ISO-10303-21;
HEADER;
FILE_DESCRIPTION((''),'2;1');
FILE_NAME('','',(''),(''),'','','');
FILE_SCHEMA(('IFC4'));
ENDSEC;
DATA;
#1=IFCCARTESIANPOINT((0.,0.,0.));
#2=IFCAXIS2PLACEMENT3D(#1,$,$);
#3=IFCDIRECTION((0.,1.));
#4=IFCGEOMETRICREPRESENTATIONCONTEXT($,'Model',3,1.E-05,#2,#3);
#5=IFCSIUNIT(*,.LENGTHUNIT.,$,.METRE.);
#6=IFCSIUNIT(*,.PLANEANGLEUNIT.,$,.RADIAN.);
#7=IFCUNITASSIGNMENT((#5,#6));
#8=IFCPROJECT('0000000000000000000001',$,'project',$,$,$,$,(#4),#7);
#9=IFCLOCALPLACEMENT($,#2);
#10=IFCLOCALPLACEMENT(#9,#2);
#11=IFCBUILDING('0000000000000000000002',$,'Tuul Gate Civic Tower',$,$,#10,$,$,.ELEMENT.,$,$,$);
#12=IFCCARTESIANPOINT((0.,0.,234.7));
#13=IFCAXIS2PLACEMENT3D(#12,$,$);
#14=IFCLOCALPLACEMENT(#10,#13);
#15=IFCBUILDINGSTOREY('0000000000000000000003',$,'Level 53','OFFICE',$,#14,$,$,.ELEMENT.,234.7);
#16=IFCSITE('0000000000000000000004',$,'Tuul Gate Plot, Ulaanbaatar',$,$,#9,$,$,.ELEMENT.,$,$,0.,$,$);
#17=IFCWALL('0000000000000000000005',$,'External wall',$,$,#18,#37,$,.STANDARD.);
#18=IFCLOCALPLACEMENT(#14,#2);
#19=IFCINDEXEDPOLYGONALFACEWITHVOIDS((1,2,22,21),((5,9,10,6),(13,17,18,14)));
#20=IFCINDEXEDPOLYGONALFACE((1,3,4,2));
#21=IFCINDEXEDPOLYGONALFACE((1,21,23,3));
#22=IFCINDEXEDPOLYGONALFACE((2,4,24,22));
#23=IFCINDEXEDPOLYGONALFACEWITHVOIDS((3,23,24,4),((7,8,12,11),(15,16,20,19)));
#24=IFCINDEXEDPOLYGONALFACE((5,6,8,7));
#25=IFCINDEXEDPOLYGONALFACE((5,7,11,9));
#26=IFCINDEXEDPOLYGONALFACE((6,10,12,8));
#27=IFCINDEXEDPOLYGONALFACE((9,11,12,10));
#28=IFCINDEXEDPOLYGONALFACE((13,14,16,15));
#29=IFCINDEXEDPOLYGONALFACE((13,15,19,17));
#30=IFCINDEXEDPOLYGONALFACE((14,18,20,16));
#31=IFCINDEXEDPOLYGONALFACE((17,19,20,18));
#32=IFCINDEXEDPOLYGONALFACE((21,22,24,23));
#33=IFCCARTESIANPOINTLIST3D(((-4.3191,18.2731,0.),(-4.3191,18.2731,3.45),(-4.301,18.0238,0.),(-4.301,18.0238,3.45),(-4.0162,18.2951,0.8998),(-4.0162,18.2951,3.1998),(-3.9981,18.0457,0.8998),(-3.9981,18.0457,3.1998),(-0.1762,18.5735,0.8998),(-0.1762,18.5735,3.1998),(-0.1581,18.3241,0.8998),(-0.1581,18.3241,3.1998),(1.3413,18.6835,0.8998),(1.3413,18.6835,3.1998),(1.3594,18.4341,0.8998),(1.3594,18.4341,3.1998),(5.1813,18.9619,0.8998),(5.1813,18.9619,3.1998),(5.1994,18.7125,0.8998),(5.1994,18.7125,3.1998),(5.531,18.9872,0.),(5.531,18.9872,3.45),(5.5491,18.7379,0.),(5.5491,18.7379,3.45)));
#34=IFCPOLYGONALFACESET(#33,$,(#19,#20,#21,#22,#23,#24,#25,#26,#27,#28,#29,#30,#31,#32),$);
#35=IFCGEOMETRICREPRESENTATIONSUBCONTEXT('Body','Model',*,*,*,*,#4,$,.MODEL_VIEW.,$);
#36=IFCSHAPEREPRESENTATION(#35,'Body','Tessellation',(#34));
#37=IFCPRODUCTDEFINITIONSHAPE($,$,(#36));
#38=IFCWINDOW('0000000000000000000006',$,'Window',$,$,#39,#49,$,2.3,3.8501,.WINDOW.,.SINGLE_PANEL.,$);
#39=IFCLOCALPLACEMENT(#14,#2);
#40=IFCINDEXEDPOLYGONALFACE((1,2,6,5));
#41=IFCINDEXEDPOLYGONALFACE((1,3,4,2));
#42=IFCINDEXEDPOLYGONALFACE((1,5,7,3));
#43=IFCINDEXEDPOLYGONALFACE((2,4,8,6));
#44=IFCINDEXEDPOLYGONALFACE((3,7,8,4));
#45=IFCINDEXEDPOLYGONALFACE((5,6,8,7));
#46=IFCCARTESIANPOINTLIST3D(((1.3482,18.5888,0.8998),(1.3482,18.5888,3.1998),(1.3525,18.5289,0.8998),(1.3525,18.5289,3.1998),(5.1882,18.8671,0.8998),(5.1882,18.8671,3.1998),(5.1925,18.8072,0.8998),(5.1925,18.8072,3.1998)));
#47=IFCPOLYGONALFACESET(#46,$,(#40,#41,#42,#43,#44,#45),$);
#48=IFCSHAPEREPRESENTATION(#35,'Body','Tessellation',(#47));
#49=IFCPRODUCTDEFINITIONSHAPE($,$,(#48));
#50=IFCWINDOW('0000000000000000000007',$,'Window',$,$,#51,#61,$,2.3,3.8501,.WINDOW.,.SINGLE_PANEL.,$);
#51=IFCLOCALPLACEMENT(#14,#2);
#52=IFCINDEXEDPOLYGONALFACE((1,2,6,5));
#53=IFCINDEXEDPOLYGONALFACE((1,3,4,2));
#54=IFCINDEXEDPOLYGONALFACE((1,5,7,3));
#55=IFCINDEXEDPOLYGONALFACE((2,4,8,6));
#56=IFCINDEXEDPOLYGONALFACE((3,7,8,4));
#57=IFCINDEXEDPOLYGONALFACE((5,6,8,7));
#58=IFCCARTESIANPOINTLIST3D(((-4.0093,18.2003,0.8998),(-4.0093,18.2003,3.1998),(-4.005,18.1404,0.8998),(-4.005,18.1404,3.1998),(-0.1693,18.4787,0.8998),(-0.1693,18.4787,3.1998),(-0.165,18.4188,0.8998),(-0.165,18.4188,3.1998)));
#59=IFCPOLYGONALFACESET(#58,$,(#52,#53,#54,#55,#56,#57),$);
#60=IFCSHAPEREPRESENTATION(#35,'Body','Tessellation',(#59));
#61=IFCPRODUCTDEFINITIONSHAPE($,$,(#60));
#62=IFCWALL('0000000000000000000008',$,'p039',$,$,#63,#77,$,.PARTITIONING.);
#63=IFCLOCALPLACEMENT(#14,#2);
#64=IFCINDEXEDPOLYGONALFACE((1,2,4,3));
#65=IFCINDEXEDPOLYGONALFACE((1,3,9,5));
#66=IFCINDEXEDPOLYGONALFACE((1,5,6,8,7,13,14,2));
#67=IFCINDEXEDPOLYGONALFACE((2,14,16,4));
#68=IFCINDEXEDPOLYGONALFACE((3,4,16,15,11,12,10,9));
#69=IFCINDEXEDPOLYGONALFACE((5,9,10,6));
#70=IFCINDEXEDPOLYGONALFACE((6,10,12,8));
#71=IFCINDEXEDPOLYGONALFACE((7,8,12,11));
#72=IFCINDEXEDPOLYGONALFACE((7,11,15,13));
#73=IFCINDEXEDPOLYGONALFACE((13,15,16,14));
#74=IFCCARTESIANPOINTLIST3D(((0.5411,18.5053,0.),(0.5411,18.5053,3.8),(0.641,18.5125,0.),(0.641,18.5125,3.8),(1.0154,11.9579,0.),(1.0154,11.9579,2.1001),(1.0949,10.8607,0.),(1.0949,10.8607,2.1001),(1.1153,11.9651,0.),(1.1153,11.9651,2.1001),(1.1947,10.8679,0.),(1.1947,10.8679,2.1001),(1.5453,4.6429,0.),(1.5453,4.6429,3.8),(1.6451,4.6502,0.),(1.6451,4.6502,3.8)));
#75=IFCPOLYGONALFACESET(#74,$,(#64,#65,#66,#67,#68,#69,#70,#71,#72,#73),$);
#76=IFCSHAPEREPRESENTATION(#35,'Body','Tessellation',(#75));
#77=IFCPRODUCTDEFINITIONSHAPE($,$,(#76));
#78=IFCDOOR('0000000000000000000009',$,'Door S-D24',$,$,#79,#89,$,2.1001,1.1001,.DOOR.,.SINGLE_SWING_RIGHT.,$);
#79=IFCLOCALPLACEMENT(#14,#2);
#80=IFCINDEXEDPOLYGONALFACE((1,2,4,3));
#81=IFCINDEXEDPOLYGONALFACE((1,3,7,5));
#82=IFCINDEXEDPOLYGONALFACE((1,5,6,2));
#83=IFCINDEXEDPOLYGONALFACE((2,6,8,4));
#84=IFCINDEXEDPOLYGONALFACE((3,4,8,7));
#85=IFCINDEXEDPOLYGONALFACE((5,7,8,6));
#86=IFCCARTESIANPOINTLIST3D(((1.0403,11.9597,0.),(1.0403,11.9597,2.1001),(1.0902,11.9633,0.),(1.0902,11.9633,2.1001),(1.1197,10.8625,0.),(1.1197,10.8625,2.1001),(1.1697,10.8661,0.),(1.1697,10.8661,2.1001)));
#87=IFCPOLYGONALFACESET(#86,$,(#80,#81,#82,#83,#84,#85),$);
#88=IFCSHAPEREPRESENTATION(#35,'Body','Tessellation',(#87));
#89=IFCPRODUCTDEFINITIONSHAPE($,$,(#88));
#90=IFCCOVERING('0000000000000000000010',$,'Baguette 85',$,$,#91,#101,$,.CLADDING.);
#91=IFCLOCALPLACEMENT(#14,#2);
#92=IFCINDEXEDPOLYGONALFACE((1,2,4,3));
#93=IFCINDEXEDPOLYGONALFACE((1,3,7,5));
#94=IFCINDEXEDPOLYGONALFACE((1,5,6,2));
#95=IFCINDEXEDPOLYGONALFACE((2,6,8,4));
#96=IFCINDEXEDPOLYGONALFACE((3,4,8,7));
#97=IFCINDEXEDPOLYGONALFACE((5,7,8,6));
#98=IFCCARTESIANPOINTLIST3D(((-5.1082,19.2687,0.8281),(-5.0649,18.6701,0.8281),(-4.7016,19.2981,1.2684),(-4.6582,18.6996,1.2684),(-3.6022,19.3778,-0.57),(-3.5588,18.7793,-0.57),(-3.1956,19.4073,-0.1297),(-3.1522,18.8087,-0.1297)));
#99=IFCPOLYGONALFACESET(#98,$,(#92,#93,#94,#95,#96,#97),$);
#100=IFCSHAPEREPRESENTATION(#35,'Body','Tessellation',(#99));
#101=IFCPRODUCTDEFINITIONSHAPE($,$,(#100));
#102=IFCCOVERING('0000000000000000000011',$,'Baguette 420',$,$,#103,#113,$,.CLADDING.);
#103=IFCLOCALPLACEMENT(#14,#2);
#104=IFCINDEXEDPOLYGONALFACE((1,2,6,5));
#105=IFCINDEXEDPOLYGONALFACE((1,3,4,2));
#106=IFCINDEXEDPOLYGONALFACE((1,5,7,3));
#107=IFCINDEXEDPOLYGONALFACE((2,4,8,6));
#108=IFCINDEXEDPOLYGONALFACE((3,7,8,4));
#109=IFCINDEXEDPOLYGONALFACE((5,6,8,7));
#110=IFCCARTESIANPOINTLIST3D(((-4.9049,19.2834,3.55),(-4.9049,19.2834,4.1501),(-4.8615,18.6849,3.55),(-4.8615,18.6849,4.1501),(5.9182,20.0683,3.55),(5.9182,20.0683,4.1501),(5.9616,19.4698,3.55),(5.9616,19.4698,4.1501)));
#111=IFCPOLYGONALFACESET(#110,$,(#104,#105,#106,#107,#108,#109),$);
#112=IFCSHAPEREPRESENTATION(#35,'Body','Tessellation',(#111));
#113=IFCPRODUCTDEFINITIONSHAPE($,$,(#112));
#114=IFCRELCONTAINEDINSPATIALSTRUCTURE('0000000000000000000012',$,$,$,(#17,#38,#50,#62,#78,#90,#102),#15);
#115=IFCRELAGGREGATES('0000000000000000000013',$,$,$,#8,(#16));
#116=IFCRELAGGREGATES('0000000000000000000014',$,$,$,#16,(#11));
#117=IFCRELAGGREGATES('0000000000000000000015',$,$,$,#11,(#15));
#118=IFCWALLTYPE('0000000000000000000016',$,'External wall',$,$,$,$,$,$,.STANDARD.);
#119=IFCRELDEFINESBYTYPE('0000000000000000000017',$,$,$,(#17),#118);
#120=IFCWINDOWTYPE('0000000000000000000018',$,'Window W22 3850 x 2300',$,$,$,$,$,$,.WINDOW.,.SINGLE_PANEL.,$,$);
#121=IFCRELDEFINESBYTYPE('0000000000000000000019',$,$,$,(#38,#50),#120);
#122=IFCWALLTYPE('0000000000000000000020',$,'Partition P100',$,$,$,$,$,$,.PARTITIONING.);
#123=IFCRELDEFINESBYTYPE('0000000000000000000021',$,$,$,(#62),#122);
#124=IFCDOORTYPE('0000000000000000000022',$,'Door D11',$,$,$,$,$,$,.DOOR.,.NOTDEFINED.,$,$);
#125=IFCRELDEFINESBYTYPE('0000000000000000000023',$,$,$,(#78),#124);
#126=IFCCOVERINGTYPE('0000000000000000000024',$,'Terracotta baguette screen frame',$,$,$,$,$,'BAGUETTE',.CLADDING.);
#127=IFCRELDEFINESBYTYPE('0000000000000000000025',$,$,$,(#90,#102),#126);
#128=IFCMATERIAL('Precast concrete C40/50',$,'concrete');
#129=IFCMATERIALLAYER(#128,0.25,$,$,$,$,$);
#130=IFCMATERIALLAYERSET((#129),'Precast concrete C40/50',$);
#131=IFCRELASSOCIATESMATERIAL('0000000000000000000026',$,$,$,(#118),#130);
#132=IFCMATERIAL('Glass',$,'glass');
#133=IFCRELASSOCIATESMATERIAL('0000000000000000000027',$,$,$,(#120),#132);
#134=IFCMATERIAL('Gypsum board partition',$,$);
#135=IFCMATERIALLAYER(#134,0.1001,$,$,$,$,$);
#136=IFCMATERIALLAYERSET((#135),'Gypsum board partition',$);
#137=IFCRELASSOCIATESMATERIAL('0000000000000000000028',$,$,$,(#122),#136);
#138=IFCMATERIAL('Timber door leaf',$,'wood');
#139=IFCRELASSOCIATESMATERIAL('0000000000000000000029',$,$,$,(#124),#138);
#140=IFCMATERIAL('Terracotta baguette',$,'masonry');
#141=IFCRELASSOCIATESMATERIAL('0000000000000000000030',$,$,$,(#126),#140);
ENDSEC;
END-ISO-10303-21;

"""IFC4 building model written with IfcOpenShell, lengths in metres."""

from ifc_helpers import new_model, si_unit, direction, frame, frame_2d, origin, origin_2d, place, context, subcontext, project, spatial, rectangle, extrude, material, layer, layer_set, material_profile, profile_set, type_object, element, fill, save


model = new_model("IFC4")

# Units and contexts
model_context = context("Model", 3, precision=1e-05, world=origin(), true_north=direction((0.0, 1.0)))
body_context = subcontext(model_context, "Body", "Model", "MODEL_VIEW")
ifc_project = project(units=[si_unit("LENGTHUNIT", "METRE"), si_unit("PLANEANGLEUNIT", "RADIAN")], contexts=[model_context])

# Site, building, storey
site_placement = place(None, origin())
site = spatial("IfcSite", under=ifc_project, at=site_placement, Name="Tuul Gate Plot, Ulaanbaatar", CompositionType="ELEMENT", RefElevation=0.0)
building_placement = place(site_placement, origin())
building = spatial("IfcBuilding", under=site, at=building_placement, Name="Tuul Gate Civic Tower", CompositionType="ELEMENT")
storey_placement = place(building_placement, frame((0.0, 0.0, 234.7)))
storey = spatial("IfcBuildingStorey", under=building, at=storey_placement, Name="Level 53", Description="OFFICE", CompositionType="ELEMENT", Elevation=234.7)

# Wall, openings, windows
ifc_material_1 = material(Name="Precast concrete C40/50", Category="concrete")
ifc_layer_1 = layer(ifc_material_1, 0.25)
ifc_layer_set_1 = layer_set([ifc_layer_1], Name="Precast concrete C40/50")
wall_type_1 = type_object("IfcWallType", Name="External wall", PredefinedType="STANDARD", material=ifc_layer_set_1)
wall_1_placement = place(storey_placement, frame((5.54, 18.8625, 0.0), z_axis=(0.0, 0.0, 1.0), x_axis=(-0.997382, -0.072308, 0.0)))
wall_1 = element("IfcWall", 1, at=wall_1_placement, inside=storey, type_object=wall_type_1, Name="External wall", PredefinedType="STANDARD", context=body_context, shape_type="SweptSolid", body=[
    extrude(rectangle(XDim=9.876, YDim=0.25, at=frame_2d((4.938, 0.0))), origin(), (0.0, 0.0, 1.0), 3.45),
])
opening_1_placement = place(wall_1_placement, frame((0.3506, 0.0, 0.8999)))
opening_1 = element("IfcOpeningElement", 2, at=opening_1_placement, cuts=wall_1, PredefinedType="OPENING", context=body_context, shape_type="SweptSolid", body=[
    extrude(rectangle(XDim=3.8501, YDim=2.3, at=frame_2d((1.925, 1.1499))), frame((0.0, 0.135, 0.0), z_axis=(0.0, -1.0, 0.0), x_axis=(1.0, 0.0, 0.0)), (0.0, 0.0, 1.0), 0.27),
])
opening_2_placement = place(wall_1_placement, frame((5.7222, 0.0, 0.8999)))
opening_2 = element("IfcOpeningElement", 3, at=opening_2_placement, cuts=wall_1, PredefinedType="OPENING", context=body_context, shape_type="SweptSolid", body=[
    extrude(rectangle(XDim=3.8501, YDim=2.3, at=frame_2d((1.925, 1.1499))), frame((0.0, 0.135, 0.0), z_axis=(0.0, -1.0, 0.0), x_axis=(1.0, 0.0, 0.0)), (0.0, 0.0, 1.0), 0.27),
])
ifc_material_2 = material(Name="Glass", Category="glass")
window_type = type_object("IfcWindowType", Name="Window W22 3850 x 2300", PartitioningType="SINGLE_PANEL", PredefinedType="WINDOW", material=ifc_material_2)
window_1_placement = place(opening_1_placement, origin())
window_1 = element("IfcWindow", 4, at=window_1_placement, inside=storey, type_object=window_type, Name="Window", OverallHeight=2.3, OverallWidth=3.8501, PartitioningType="SINGLE_PANEL", PredefinedType="WINDOW", context=body_context, shape_type="SweptSolid", body=[
    extrude(rectangle(XDim=3.8501, YDim=2.3, at=frame_2d((1.925, 1.1499))), frame((0.0, 0.03, 0.0), z_axis=(0.0, -1.0, 0.0), x_axis=(1.0, 0.0, 0.0)), (0.0, 0.0, 1.0), 0.0601),
])
fill(opening_1, window_1)
window_2_placement = place(opening_2_placement, origin())
window_2 = element("IfcWindow", 5, at=window_2_placement, inside=storey, type_object=window_type, Name="Window", OverallHeight=2.3, OverallWidth=3.8501, PartitioningType="SINGLE_PANEL", PredefinedType="WINDOW", context=body_context, shape_type="SweptSolid", body=[
    extrude(rectangle(XDim=3.8501, YDim=2.3, at=frame_2d((1.925, 1.1499))), frame((0.0, 0.03, 0.0), z_axis=(0.0, -1.0, 0.0), x_axis=(1.0, 0.0, 0.0)), (0.0, 0.0, 1.0), 0.0601),
])
fill(opening_2, window_2)

# Wall, opening, door
ifc_material_3 = material(Name="Gypsum board partition")
ifc_layer_2 = layer(ifc_material_3, 0.1001)
ifc_layer_set_2 = layer_set([ifc_layer_2], Name="Gypsum board partition")
wall_type_2 = type_object("IfcWallType", Name="Partition P100", PredefinedType="PARTITIONING", material=ifc_layer_set_2)
wall_2_placement = place(storey_placement, frame((0.5911, 18.5088, 0.0), z_axis=(0.0, 0.0, 1.0), x_axis=(0.072248, -0.997387, 0.0)))
wall_2 = element("IfcWall", 6, at=wall_2_placement, inside=storey, type_object=wall_type_2, Name="p039", PredefinedType="PARTITIONING", context=body_context, shape_type="SweptSolid", body=[
    extrude(rectangle(XDim=13.8987, YDim=0.1001, at=frame_2d((6.9492, 0.0))), origin(), (0.0, 0.0, 1.0), 3.8),
])
opening_3_placement = place(wall_2_placement, frame((6.5645, 0.0, 0.0)))
opening_3 = element("IfcOpeningElement", 7, at=opening_3_placement, cuts=wall_2, PredefinedType="OPENING", context=body_context, shape_type="SweptSolid", body=[
    extrude(rectangle(XDim=1.1001, YDim=2.1001, at=frame_2d((0.55, 1.05))), frame((0.0, 0.0601, 0.0), z_axis=(0.0, -1.0, 0.0), x_axis=(1.0, 0.0, 0.0)), (0.0, 0.0, 1.0), 0.1201),
])
ifc_material_4 = material(Name="Timber door leaf", Category="wood")
door_type_1 = type_object("IfcDoorType", Name="Door D11", OperationType="NOTDEFINED", PredefinedType="DOOR", material=ifc_material_4)
door_1_placement = place(opening_3_placement, origin())
door_1 = element("IfcDoor", 8, at=door_1_placement, inside=storey, type_object=door_type_1, Name="Door S-D24", OperationType="SINGLE_SWING_RIGHT", OverallHeight=2.1001, OverallWidth=1.1001, PredefinedType="DOOR", context=body_context, shape_type="SweptSolid", body=[
    extrude(rectangle(XDim=1.1001, YDim=2.1001, at=frame_2d((0.55, 1.05))), frame((0.0, 0.0249, 0.0), z_axis=(0.0, -1.0, 0.0), x_axis=(1.0, 0.0, 0.0)), (0.0, 0.0, 1.0), 0.05),
])
fill(opening_3, door_1)

# Coverings
ifc_material_5 = material(Name="Terracotta baguette", Category="masonry")
ifc_material_profile_1 = material_profile(ifc_material_5, rectangle(XDim=0.6001, YDim=0.6001, at=origin_2d()), Name="Terracotta baguette screen frame")
ifc_profile_set_1 = profile_set([ifc_material_profile_1], Name="Terracotta baguette")
covering_type = type_object("IfcCoveringType", Name="Terracotta baguette screen frame", ElementType="BAGUETTE", PredefinedType="CLADDING", material=ifc_profile_set_1)
covering_1_placement = place(storey_placement, frame((-3.3772, 19.0933, -0.3499), z_axis=(-0.731843, -0.053029, 0.679407), x_axis=(0.07227, -0.997385, 0.0)))
element("IfcCovering", 9, at=covering_1_placement, inside=storey, type_object=covering_type, Name="Baguette 85", PredefinedType="CLADDING", context=body_context, shape_type="SweptSolid", body=[
    extrude(rectangle(XDim=0.6001, YDim=0.6001, at=origin_2d()), origin(), (0.0, 0.0, 1.0), 2.0579),
])
covering_2_placement = place(storey_placement, frame((5.9399, 19.769, 3.8501), z_axis=(-0.997381, -0.072331, 0.0), x_axis=(0.072331, -0.997381, 0.0)))
element("IfcCovering", 10, at=covering_2_placement, inside=storey, type_object=covering_type, Name="Baguette 420", PredefinedType="CLADDING", context=body_context, shape_type="SweptSolid", body=[
    extrude(rectangle(XDim=0.6001, YDim=0.6001, at=origin_2d()), origin(), (0.0, 0.0, 1.0), 10.8516),
])

save(model, "model.ifc")
